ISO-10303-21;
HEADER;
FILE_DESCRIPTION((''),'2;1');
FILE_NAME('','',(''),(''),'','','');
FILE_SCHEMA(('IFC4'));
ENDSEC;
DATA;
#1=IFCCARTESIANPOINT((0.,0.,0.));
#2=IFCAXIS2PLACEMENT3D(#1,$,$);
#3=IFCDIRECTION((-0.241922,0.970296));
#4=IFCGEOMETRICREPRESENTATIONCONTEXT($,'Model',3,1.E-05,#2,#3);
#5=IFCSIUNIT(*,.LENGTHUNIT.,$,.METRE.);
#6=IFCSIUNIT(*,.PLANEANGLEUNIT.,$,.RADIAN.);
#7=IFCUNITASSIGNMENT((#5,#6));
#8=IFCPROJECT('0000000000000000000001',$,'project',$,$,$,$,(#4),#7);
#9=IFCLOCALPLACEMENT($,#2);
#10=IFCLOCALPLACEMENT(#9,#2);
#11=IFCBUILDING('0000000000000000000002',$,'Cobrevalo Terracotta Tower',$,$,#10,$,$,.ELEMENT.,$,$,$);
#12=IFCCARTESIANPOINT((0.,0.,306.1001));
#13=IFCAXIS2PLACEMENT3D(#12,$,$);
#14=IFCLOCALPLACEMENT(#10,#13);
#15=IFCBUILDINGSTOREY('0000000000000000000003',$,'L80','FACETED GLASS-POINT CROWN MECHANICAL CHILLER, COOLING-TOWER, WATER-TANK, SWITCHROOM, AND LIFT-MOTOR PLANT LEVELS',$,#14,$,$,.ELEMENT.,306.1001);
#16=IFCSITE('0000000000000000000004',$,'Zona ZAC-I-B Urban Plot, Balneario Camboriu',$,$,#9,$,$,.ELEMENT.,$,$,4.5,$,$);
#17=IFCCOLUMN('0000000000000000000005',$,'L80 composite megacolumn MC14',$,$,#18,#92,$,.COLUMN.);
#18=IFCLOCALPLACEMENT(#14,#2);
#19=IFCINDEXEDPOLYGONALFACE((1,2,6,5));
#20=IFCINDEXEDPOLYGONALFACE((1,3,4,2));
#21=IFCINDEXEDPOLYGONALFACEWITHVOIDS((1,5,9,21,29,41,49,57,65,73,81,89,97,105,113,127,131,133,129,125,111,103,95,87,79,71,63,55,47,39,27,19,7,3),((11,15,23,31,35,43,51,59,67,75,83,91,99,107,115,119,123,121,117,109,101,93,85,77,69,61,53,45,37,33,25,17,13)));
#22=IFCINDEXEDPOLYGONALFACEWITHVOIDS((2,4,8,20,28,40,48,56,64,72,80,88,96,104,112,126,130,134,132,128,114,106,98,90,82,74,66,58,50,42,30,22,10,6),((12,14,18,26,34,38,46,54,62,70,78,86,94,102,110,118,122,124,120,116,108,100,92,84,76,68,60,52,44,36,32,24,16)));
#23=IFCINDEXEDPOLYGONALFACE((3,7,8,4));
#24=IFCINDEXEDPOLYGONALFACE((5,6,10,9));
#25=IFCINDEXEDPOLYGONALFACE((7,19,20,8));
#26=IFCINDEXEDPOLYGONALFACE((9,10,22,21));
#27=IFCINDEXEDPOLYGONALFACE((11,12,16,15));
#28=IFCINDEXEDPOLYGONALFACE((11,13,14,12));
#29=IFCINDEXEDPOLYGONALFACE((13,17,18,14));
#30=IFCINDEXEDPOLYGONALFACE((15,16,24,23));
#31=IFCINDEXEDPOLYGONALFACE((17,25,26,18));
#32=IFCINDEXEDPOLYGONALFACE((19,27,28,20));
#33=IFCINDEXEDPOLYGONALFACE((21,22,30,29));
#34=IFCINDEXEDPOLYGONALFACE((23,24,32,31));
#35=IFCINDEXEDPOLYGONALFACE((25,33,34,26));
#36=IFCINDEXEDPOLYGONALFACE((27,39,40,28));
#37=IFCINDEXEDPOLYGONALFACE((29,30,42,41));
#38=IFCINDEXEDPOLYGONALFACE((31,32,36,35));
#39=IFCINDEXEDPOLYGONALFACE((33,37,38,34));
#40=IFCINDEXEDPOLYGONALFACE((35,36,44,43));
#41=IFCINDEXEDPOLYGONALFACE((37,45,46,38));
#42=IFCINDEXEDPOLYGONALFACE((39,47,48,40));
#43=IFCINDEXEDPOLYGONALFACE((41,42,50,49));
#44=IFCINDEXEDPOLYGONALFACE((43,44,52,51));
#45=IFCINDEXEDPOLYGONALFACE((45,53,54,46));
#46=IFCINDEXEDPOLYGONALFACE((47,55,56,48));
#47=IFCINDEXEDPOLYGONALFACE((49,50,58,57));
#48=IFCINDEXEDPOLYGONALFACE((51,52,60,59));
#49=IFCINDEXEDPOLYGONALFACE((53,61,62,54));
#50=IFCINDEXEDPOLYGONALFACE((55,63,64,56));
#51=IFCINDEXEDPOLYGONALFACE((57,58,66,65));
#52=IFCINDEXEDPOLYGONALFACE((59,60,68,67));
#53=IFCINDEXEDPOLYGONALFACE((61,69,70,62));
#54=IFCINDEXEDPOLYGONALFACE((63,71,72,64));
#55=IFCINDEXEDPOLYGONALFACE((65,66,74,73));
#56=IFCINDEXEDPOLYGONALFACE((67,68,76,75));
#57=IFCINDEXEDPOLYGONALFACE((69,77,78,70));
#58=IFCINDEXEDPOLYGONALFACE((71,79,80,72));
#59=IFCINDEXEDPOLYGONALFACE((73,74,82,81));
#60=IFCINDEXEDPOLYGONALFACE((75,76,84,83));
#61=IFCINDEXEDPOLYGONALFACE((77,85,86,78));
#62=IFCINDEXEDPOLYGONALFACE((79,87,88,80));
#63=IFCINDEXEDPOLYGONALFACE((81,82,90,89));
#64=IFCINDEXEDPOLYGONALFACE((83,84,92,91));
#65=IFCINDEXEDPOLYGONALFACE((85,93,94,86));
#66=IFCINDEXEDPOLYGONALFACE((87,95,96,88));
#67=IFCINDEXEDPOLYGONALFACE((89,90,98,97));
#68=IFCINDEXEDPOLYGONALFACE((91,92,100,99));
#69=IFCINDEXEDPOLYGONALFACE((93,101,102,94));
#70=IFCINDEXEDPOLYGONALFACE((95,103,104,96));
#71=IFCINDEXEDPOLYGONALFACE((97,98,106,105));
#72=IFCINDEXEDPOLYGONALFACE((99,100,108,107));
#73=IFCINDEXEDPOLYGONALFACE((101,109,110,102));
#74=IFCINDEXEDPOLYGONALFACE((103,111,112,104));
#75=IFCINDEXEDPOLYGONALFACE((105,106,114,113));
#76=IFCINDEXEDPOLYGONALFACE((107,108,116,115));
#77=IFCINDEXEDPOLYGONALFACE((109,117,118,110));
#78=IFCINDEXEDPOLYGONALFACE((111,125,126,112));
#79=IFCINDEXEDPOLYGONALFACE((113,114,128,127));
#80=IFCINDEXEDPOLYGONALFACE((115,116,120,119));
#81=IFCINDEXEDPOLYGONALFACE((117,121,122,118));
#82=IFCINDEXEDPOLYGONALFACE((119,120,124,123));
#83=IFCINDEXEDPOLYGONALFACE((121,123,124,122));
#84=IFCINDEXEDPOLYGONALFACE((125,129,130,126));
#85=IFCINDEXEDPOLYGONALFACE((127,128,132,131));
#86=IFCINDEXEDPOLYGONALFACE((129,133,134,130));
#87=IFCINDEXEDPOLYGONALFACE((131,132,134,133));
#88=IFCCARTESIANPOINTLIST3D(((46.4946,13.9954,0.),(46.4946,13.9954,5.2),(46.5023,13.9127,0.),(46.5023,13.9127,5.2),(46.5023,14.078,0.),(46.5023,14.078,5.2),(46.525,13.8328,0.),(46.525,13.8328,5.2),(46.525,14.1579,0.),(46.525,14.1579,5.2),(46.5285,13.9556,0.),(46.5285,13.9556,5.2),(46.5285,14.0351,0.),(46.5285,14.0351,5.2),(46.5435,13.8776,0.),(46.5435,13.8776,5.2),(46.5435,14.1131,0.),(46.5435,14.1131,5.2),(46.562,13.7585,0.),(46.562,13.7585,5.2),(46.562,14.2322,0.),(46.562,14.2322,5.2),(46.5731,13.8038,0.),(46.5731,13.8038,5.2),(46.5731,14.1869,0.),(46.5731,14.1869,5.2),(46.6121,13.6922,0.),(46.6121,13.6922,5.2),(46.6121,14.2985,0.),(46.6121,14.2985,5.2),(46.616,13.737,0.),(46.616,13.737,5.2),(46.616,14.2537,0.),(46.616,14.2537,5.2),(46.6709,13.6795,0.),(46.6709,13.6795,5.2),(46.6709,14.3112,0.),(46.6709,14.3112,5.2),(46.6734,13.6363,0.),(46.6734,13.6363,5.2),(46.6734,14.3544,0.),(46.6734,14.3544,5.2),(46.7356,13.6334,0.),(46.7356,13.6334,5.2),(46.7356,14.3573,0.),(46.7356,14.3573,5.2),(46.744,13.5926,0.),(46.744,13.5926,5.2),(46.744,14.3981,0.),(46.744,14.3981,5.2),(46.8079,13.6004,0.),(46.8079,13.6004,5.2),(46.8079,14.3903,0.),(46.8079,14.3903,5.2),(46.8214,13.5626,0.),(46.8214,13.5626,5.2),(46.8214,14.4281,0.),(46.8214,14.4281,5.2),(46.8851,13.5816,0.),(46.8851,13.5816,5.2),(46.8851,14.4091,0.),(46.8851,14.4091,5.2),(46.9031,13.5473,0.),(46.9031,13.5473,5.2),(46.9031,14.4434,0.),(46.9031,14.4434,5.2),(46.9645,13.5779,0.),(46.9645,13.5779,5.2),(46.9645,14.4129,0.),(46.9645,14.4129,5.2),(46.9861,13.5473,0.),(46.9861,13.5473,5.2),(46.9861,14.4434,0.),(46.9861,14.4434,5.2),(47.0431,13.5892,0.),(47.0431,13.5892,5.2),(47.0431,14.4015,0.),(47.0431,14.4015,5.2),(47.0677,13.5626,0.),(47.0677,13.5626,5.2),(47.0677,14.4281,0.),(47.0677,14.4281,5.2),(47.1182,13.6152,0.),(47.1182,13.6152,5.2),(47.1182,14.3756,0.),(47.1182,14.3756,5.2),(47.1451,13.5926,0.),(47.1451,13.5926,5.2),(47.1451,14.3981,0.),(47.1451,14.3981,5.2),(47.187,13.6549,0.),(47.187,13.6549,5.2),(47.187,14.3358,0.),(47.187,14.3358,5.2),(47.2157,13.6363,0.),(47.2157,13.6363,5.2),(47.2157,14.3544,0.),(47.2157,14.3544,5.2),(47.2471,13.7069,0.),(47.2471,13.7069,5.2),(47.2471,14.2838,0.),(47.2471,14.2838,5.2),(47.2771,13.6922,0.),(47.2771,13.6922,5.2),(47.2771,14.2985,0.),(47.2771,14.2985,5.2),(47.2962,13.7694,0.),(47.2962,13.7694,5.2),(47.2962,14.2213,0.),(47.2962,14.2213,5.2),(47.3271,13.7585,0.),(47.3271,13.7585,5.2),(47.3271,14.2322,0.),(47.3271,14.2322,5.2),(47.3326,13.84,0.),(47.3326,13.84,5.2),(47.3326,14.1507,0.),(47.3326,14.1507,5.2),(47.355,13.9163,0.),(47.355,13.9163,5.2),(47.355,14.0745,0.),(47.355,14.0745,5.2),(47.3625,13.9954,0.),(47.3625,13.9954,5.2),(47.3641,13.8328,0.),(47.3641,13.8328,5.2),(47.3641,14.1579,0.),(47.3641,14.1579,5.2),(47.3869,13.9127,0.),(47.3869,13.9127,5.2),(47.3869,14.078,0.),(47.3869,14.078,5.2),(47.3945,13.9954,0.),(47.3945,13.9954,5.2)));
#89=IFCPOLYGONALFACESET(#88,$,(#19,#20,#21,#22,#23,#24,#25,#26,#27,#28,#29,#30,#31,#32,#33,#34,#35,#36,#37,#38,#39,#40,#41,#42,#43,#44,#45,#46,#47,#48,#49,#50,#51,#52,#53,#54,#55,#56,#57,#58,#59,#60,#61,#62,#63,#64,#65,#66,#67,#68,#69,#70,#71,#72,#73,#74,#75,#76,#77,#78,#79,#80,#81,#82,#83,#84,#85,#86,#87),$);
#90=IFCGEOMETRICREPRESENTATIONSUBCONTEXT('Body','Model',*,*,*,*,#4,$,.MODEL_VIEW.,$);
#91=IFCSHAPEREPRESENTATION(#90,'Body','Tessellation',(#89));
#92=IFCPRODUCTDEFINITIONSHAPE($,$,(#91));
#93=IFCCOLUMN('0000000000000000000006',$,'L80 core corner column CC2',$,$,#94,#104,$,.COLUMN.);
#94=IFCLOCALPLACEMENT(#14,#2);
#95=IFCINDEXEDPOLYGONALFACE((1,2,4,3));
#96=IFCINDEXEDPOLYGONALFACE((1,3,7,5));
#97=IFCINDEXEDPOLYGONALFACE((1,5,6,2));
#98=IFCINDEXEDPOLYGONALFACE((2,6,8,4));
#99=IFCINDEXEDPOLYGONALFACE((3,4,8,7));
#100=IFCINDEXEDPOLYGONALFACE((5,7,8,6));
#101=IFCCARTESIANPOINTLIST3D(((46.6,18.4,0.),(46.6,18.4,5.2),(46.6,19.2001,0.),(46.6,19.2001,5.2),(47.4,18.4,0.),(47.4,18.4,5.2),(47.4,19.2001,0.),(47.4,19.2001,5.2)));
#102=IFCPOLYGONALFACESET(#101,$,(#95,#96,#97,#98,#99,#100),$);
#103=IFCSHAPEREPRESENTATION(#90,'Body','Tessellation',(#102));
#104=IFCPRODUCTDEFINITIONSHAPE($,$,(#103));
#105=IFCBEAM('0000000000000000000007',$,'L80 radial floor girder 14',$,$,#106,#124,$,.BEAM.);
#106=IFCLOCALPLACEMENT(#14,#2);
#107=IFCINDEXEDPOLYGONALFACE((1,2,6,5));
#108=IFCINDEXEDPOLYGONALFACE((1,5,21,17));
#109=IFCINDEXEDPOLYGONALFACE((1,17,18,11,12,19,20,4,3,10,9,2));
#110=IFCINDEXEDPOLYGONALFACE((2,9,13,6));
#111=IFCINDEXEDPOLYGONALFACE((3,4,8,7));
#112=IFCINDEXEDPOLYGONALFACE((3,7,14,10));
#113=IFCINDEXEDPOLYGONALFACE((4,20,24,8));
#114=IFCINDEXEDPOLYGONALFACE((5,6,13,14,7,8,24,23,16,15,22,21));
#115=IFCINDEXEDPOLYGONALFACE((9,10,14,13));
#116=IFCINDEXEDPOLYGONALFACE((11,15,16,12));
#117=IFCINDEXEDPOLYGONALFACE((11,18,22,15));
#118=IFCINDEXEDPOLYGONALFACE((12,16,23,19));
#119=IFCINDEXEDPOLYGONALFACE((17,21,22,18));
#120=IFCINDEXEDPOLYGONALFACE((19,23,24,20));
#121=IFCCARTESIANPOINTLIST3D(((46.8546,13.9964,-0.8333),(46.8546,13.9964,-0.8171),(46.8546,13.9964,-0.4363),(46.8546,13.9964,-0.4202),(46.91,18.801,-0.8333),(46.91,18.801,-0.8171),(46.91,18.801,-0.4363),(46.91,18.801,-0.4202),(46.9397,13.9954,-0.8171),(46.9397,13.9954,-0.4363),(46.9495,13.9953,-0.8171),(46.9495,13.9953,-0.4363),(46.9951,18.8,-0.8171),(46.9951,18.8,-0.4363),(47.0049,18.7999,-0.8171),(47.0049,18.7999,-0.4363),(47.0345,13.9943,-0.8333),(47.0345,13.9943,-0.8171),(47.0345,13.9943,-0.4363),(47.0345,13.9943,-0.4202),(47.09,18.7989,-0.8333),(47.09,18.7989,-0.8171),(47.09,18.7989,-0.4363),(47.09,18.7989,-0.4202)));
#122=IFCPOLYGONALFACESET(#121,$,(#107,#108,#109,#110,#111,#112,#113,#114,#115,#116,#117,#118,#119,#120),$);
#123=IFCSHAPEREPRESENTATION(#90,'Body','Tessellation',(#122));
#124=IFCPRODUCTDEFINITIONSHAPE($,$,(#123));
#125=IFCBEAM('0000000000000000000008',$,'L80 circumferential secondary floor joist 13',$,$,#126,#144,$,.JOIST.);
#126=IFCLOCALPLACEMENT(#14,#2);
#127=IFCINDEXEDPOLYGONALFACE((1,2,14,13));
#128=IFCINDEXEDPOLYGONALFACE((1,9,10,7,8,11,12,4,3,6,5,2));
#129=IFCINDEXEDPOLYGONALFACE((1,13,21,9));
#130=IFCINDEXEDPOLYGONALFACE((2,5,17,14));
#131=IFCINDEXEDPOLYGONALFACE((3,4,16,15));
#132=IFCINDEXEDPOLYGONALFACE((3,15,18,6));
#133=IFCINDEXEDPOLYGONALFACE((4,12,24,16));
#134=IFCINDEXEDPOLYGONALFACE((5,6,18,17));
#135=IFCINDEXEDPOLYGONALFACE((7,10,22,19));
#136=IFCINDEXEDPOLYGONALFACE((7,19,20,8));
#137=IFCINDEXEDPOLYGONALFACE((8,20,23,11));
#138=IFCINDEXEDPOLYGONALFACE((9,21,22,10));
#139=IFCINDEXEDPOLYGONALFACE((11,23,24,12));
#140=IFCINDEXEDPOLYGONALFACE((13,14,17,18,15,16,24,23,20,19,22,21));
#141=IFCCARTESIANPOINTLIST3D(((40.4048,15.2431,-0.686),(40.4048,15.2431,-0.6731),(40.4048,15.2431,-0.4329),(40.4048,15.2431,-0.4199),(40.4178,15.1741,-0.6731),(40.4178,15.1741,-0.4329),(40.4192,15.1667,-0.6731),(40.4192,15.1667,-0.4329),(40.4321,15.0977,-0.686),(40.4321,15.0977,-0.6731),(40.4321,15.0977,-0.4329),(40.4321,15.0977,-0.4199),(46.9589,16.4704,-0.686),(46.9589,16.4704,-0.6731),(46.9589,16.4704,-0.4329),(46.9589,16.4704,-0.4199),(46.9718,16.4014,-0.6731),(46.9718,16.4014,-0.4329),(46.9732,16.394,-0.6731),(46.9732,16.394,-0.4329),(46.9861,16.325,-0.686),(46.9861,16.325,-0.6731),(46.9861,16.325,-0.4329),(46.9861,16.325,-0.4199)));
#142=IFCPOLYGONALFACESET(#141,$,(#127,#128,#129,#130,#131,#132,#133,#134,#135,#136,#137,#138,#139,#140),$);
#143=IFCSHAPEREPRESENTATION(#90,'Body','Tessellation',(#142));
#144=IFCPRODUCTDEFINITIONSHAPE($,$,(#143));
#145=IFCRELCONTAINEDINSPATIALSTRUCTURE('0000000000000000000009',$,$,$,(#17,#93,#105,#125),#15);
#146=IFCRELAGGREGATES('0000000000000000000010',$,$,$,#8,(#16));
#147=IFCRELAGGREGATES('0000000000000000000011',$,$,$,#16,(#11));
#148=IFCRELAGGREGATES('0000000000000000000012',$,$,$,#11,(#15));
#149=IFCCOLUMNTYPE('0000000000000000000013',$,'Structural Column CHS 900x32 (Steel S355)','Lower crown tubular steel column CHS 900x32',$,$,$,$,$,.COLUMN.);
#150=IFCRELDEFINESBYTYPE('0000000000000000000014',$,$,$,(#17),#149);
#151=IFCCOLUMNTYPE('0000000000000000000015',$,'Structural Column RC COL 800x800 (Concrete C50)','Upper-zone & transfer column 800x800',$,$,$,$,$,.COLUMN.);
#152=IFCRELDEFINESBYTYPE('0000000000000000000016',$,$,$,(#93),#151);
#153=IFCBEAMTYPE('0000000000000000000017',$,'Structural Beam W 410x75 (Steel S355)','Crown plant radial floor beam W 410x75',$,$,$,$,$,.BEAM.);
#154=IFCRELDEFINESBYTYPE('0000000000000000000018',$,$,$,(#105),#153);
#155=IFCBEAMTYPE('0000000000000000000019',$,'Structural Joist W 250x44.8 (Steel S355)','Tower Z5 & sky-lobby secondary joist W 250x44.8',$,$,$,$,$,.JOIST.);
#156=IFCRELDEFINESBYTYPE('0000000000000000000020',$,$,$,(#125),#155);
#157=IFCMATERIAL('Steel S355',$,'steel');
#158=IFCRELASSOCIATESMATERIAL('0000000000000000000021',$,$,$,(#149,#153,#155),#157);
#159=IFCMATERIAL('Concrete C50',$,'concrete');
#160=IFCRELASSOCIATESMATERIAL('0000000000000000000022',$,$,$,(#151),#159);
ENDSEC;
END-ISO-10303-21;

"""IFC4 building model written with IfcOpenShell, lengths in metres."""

from ifc_helpers import new_model, si_unit, direction, frame, origin, origin_2d, place, context, subcontext, project, spatial, rectangle, hollow_circle, i_section, extrude, material, material_profile, profile_set, type_object, element, save


model = new_model("IFC4")

# Units and contexts
model_context = context("Model", 3, precision=1e-05, world=origin(), true_north=direction((-0.241922, 0.970296)))
body_context = subcontext(model_context, "Body", "Model", "MODEL_VIEW")
ifc_project = project(units=[si_unit("LENGTHUNIT", "METRE"), si_unit("PLANEANGLEUNIT", "RADIAN")], contexts=[model_context])

# Site, building, storey
site_placement = place(None, origin())
site = spatial("IfcSite", under=ifc_project, at=site_placement, Name="Zona ZAC-I-B Urban Plot, Balneario Camboriu", CompositionType="ELEMENT", RefElevation=4.5)
building_placement = place(site_placement, origin())
building = spatial("IfcBuilding", under=site, at=building_placement, Name="Cobrevalo Terracotta Tower", CompositionType="ELEMENT")
storey_placement = place(building_placement, frame((0.0, 0.0, 306.1001)))
storey = spatial("IfcBuildingStorey", under=building, at=storey_placement, Name="L80", Description="FACETED GLASS-POINT CROWN MECHANICAL CHILLER, COOLING-TOWER, WATER-TANK, SWITCHROOM, AND LIFT-MOTOR PLANT LEVELS", CompositionType="ELEMENT", Elevation=306.1001)

# Columns
ifc_material_1 = material(Name="Steel S355", Category="steel")
ifc_material_profile_1 = material_profile(ifc_material_1, hollow_circle(Radius=0.45, WallThickness=0.032, at=origin_2d()), Name="CHS 900x32")
ifc_profile_set_1 = profile_set([ifc_material_profile_1], Name="Steel S355")
column_type_1 = type_object("IfcColumnType", Name="Structural Column CHS 900x32 (Steel S355)", Description="Lower crown tubular steel column CHS 900x32", PredefinedType="COLUMN", material=ifc_profile_set_1)
column_1_placement = place(storey_placement, frame((46.9446, 13.9954, 0.0), z_axis=(0.0, 0.0, 1.0), x_axis=(1.0, 0.0, 0.0)))
element("IfcColumn", 1, at=column_1_placement, inside=storey, type_object=column_type_1, Name="L80 composite megacolumn MC14", PredefinedType="COLUMN", context=body_context, shape_type="SweptSolid", body=[
    extrude(hollow_circle(Radius=0.45, WallThickness=0.032, at=origin_2d()), origin(), (0.0, 0.0, 1.0), 5.2),
])
ifc_material_2 = material(Name="Concrete C50", Category="concrete")
ifc_material_profile_2 = material_profile(ifc_material_2, rectangle(XDim=0.8, YDim=0.8, at=origin_2d()), Name="RC COL 800x800")
ifc_profile_set_2 = profile_set([ifc_material_profile_2], Name="Concrete C50")
column_type_2 = type_object("IfcColumnType", Name="Structural Column RC COL 800x800 (Concrete C50)", Description="Upper-zone & transfer column 800x800", PredefinedType="COLUMN", material=ifc_profile_set_2)
column_2_placement = place(storey_placement, frame((47.0, 18.8, 0.0), z_axis=(0.0, 0.0, 1.0), x_axis=(1.0, 0.0, 0.0)))
element("IfcColumn", 2, at=column_2_placement, inside=storey, type_object=column_type_2, Name="L80 core corner column CC2", PredefinedType="COLUMN", context=body_context, shape_type="SweptSolid", body=[
    extrude(rectangle(XDim=0.8, YDim=0.8, at=origin_2d()), origin(), (0.0, 0.0, 1.0), 5.2),
])

# Beams
ifc_material_profile_3 = material_profile(ifc_material_1, i_section(OverallWidth=0.1799, OverallDepth=0.4131, WebThickness=0.0098, FlangeThickness=0.0161, at=origin_2d()), Name="W 410x75")
ifc_profile_set_3 = profile_set([ifc_material_profile_3], Name="Steel S355")
beam_type_1 = type_object("IfcBeamType", Name="Structural Beam W 410x75 (Steel S355)", Description="Crown plant radial floor beam W 410x75", PredefinedType="BEAM", material=ifc_profile_set_3)
beam_1_placement = place(storey_placement, frame((46.9446, 13.9954, -0.6267), z_axis=(0.011534, 0.999933, 0.0), x_axis=(-0.999933, 0.011534, 0.0)))
element("IfcBeam", 3, at=beam_1_placement, inside=storey, type_object=beam_type_1, Name="L80 radial floor girder 14", PredefinedType="BEAM", context=body_context, shape_type="SweptSolid", body=[
    extrude(i_section(OverallWidth=0.1799, OverallDepth=0.4131, WebThickness=0.0098, FlangeThickness=0.0161, at=origin_2d()), origin(), (0.0, 0.0, 1.0), 4.8049),
])
ifc_material_profile_4 = material_profile(ifc_material_1, i_section(OverallWidth=0.1479, OverallDepth=0.2661, WebThickness=0.0076, FlangeThickness=0.0129, at=origin_2d()), Name="W 250x44.8")
ifc_profile_set_4 = profile_set([ifc_material_profile_4], Name="Steel S355")
beam_type_2 = type_object("IfcBeamType", Name="Structural Joist W 250x44.8 (Steel S355)", Description="Tower Z5 & sky-lobby secondary joist W 250x44.8", PredefinedType="JOIST", material=ifc_profile_set_4)
beam_2_placement = place(storey_placement, frame((40.4185, 15.1704, -0.553), z_axis=(0.982915, 0.184061, 0.0), x_axis=(-0.184061, 0.982915, 0.0)))
element("IfcBeam", 4, at=beam_2_placement, inside=storey, type_object=beam_type_2, Name="L80 circumferential secondary floor joist 13", PredefinedType="JOIST", context=body_context, shape_type="SweptSolid", body=[
    extrude(i_section(OverallWidth=0.1479, OverallDepth=0.2661, WebThickness=0.0076, FlangeThickness=0.0129, at=origin_2d()), origin(), (0.0, 0.0, 1.0), 6.668),
])

save(model, "model.ifc")
